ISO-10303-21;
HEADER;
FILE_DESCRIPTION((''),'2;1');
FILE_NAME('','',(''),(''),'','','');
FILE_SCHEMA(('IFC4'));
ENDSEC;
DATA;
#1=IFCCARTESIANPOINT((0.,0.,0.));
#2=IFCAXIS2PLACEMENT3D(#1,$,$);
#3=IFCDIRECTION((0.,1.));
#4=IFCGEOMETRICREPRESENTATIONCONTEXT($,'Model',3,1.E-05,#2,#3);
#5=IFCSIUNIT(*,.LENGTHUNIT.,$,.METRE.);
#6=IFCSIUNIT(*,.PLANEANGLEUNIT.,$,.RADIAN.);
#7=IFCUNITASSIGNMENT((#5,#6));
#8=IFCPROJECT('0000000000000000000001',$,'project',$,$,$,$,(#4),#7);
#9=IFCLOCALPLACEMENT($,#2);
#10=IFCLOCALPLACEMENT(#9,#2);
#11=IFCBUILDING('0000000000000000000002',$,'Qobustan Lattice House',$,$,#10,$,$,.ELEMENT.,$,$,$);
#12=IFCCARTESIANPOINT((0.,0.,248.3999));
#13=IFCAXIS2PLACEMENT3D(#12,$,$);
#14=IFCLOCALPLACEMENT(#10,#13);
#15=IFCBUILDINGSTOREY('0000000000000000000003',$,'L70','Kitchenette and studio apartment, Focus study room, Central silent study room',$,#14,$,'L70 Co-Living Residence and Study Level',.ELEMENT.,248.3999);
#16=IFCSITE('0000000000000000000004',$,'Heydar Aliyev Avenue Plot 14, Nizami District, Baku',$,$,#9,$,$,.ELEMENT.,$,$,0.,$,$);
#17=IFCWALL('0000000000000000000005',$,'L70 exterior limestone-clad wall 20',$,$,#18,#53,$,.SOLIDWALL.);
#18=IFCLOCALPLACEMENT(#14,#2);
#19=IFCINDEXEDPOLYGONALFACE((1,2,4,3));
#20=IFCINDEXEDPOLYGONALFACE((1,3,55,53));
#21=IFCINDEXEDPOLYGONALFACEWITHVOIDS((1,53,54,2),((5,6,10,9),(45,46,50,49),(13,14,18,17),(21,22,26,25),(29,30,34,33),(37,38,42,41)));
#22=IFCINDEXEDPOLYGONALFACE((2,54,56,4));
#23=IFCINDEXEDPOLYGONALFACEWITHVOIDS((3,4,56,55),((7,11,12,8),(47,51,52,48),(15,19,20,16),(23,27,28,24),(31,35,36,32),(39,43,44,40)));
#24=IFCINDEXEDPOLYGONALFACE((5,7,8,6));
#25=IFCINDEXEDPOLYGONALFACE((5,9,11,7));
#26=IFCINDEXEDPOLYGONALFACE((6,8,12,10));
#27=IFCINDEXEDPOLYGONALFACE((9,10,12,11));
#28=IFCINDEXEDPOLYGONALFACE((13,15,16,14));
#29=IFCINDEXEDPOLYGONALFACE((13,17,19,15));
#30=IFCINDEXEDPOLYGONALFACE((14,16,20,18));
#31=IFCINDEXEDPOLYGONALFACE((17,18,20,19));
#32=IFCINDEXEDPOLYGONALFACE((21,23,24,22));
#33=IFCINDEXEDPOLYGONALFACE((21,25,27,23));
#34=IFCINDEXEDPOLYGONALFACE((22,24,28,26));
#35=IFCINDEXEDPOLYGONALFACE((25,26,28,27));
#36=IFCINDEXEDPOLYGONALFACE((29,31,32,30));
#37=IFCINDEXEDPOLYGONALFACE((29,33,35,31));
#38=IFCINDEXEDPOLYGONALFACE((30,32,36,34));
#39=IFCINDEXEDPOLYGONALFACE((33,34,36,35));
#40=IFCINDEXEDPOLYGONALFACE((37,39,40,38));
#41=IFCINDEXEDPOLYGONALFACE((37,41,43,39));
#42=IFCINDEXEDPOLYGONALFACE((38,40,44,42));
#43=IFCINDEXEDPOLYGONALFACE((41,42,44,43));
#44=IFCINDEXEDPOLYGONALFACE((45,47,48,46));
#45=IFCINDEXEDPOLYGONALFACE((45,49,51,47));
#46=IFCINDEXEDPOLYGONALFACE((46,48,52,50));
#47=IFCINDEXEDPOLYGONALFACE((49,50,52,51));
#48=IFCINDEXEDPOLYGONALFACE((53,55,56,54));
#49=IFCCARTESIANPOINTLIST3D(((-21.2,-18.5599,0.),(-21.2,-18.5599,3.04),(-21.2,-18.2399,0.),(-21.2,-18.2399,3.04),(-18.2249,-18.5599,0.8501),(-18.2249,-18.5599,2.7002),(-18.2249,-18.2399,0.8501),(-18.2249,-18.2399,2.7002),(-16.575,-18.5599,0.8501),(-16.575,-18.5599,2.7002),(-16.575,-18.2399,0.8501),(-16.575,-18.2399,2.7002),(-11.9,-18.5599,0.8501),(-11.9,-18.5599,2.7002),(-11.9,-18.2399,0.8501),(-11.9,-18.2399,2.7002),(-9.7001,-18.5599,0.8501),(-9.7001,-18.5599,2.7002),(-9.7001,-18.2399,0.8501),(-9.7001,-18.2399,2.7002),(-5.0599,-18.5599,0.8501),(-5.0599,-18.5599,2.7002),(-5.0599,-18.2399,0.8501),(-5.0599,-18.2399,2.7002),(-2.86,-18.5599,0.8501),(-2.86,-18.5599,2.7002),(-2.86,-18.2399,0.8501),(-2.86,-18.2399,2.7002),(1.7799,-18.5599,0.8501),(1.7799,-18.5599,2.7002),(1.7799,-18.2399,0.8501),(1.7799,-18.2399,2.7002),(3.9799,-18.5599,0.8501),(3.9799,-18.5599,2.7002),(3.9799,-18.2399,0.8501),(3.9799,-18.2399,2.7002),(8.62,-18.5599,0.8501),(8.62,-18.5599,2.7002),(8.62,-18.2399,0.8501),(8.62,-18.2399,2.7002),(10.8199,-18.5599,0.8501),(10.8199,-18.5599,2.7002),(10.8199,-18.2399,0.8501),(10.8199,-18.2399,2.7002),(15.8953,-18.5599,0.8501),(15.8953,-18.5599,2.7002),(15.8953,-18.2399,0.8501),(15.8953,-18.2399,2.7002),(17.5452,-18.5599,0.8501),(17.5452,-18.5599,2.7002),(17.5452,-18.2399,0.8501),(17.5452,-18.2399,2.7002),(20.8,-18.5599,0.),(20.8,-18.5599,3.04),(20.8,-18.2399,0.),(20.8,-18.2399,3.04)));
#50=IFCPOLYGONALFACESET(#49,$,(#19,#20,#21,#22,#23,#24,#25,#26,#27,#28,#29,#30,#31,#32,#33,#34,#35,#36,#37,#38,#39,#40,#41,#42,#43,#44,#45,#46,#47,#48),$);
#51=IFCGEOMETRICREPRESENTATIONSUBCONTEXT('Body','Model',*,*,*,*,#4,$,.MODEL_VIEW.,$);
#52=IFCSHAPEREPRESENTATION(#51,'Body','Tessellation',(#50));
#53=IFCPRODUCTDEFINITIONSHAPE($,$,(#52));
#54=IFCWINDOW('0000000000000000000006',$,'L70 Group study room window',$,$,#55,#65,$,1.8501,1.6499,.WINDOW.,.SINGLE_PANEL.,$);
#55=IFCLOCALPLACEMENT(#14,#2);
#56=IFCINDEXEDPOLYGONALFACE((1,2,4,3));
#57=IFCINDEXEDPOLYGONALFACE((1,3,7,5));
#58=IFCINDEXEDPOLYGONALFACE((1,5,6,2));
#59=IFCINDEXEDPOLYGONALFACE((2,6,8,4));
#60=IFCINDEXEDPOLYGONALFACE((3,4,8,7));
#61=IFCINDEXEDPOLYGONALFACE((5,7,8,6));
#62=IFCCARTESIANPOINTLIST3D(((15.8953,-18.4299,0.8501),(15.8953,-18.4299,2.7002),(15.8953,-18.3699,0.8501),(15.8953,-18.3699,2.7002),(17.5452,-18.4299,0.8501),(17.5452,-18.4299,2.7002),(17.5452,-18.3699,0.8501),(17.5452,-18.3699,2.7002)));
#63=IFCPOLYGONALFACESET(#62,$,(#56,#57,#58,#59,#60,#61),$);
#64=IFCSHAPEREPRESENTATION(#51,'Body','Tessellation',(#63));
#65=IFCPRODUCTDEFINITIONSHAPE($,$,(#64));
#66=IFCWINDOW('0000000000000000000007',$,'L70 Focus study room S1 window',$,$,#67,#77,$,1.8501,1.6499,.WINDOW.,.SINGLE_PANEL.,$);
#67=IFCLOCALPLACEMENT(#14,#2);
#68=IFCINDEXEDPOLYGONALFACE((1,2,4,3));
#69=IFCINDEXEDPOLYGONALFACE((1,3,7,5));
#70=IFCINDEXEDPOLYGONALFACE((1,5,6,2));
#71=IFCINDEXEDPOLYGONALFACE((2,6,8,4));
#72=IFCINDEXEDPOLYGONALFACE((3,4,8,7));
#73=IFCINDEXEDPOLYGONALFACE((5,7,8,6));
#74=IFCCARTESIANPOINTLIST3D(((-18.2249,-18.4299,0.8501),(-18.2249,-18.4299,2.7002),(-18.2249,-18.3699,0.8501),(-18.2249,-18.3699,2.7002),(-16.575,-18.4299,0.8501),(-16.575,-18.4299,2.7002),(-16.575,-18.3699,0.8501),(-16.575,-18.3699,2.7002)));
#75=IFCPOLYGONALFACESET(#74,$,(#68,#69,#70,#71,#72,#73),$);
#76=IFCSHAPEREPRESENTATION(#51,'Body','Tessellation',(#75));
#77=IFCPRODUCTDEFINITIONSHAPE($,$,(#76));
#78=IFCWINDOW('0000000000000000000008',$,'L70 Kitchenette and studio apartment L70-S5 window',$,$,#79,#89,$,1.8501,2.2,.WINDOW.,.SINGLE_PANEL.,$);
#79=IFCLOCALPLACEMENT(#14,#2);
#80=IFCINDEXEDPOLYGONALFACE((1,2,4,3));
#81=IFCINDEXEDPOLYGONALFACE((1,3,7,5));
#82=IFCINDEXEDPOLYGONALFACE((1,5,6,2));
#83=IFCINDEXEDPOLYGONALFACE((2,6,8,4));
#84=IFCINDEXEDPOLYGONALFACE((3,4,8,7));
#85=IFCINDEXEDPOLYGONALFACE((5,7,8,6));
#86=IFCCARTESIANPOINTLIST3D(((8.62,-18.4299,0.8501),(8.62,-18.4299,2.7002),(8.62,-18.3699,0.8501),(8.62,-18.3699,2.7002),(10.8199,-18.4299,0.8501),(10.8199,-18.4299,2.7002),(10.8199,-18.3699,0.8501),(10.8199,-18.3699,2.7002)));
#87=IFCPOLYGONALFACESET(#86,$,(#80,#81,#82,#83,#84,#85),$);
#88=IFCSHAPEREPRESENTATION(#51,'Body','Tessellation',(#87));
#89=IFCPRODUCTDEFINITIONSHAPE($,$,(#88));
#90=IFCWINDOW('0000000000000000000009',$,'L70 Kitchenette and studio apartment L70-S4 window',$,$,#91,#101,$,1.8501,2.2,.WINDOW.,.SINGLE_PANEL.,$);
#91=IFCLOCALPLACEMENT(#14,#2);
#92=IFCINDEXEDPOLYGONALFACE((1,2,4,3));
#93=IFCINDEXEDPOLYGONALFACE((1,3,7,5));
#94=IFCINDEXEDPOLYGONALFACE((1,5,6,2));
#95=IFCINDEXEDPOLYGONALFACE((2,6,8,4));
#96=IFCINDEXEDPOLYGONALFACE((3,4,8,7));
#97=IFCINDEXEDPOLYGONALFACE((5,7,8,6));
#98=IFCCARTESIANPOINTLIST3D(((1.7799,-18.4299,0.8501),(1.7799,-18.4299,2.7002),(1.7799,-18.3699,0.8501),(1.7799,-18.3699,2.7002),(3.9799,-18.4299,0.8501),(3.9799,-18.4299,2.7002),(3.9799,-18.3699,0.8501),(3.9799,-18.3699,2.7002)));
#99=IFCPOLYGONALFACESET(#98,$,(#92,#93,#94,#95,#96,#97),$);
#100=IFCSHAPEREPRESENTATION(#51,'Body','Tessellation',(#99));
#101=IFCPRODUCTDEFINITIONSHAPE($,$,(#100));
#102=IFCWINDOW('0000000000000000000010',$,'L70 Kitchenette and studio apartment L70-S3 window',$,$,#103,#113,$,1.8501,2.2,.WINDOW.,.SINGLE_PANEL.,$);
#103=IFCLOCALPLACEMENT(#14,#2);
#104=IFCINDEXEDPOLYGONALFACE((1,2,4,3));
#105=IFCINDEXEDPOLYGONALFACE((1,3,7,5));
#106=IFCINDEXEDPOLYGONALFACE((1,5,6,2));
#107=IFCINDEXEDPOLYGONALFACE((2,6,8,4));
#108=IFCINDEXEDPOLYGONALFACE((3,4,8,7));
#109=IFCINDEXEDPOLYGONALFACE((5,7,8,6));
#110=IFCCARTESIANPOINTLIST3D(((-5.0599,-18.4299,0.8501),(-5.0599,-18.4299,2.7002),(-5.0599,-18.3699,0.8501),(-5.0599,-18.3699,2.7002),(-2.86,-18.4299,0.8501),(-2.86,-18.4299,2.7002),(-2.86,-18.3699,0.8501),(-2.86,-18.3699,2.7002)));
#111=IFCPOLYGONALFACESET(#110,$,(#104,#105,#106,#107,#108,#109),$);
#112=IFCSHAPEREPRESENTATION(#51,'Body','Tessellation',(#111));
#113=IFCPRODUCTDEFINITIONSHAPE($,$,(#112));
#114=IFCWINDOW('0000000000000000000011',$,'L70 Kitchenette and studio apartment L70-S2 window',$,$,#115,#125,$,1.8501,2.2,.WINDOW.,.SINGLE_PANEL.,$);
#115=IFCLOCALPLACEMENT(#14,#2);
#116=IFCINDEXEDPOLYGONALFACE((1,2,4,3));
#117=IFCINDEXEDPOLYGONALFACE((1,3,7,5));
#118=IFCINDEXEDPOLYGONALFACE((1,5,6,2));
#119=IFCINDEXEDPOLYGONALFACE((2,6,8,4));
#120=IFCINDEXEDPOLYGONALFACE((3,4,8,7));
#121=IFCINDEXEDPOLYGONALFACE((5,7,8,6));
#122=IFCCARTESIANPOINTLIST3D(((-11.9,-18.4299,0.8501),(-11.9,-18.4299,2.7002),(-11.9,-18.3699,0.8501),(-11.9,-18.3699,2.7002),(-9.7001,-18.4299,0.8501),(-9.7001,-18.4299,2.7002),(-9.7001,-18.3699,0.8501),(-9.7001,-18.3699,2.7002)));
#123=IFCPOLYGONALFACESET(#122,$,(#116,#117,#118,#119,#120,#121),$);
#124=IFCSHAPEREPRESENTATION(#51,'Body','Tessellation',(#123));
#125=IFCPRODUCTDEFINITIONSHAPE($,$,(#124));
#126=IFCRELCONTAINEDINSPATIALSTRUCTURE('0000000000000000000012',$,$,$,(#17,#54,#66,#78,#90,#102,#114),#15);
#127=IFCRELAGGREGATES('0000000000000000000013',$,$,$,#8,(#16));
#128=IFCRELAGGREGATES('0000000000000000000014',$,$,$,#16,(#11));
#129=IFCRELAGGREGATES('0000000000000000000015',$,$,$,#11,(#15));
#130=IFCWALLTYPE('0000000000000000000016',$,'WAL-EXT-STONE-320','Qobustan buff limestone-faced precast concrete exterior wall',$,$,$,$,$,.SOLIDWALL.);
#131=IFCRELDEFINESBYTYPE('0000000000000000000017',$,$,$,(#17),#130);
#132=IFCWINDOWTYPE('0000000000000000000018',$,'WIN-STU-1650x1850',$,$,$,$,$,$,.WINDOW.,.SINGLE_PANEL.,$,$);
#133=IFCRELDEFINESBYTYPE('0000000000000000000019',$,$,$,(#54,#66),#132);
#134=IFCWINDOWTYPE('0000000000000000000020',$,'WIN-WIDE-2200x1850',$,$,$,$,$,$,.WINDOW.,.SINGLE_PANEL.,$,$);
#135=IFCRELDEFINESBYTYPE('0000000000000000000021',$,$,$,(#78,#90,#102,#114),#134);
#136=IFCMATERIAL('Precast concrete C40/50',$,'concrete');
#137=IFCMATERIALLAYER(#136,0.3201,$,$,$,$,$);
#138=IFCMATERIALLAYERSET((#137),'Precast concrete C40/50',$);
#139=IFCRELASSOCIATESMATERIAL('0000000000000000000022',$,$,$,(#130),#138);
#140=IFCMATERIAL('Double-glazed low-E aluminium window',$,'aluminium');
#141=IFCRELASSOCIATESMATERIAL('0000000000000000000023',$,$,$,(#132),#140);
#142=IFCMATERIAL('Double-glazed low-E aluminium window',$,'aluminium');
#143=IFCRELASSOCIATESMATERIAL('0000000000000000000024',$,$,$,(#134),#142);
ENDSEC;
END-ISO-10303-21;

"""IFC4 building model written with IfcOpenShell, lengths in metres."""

from ifc_helpers import new_model, si_unit, direction, frame, frame_2d, origin, place, context, subcontext, project, spatial, rectangle, extrude, material, layer, layer_set, type_object, element, fill, save


model = new_model("IFC4")

# Units and contexts
model_context = context("Model", 3, precision=1e-05, world=origin(), true_north=direction((0.0, 1.0)))
body_context = subcontext(model_context, "Body", "Model", "MODEL_VIEW")
ifc_project = project(units=[si_unit("LENGTHUNIT", "METRE"), si_unit("PLANEANGLEUNIT", "RADIAN")], contexts=[model_context])

# Site, building, storey
site_placement = place(None, origin())
site = spatial("IfcSite", under=ifc_project, at=site_placement, Name="Heydar Aliyev Avenue Plot 14, Nizami District, Baku", CompositionType="ELEMENT", RefElevation=0.0)
building_placement = place(site_placement, origin())
building = spatial("IfcBuilding", under=site, at=building_placement, Name="Qobustan Lattice House", CompositionType="ELEMENT")
storey_placement = place(building_placement, frame((0.0, 0.0, 248.3999)))
storey = spatial("IfcBuildingStorey", under=building, at=storey_placement, Name="L70", Description="Kitchenette and studio apartment, Focus study room, Central silent study room", LongName="L70 Co-Living Residence and Study Level", CompositionType="ELEMENT", Elevation=248.3999)

# Shared definitions
ifc_material_1 = material(Name="Precast concrete C40/50", Category="concrete")
ifc_layer_1 = layer(ifc_material_1, 0.3201)
ifc_layer_set_1 = layer_set([ifc_layer_1], Name="Precast concrete C40/50")
wall_type = type_object("IfcWallType", Name="WAL-EXT-STONE-320", Description="Qobustan buff limestone-faced precast concrete exterior wall", PredefinedType="SOLIDWALL", material=ifc_layer_set_1)

# Wall, openings, windows
wall_1_placement = place(storey_placement, frame((20.8, -18.3999, 0.0), z_axis=(0.0, 0.0, 1.0), x_axis=(-1.0, 0.0, 0.0)))
wall_1 = element("IfcWall", 1, at=wall_1_placement, inside=storey, type_object=wall_type, Name="L70 exterior limestone-clad wall 20", PredefinedType="SOLIDWALL", context=body_context, shape_type="SweptSolid", body=[
    extrude(rectangle(XDim=42.0, YDim=0.3201, at=frame_2d((21.0, 0.0))), origin(), (0.0, 0.0, 1.0), 3.04),
])
opening_1_placement = place(wall_1_placement, frame((3.2549, 0.0, 0.8501)))
opening_1 = element("IfcOpeningElement", 2, at=opening_1_placement, cuts=wall_1, PredefinedType="OPENING", context=body_context, shape_type="SweptSolid", body=[
    extrude(rectangle(XDim=1.6499, YDim=1.8501, at=frame_2d((0.825, 0.925))), frame((0.0, 0.1699, 0.0), z_axis=(0.0, -1.0, 0.0), x_axis=(1.0, 0.0, 0.0)), (0.0, 0.0, 1.0), 0.3401),
])
opening_2_placement = place(wall_1_placement, frame((9.98, 0.0, 0.8501)))
opening_2 = element("IfcOpeningElement", 3, at=opening_2_placement, cuts=wall_1, PredefinedType="OPENING", context=body_context, shape_type="SweptSolid", body=[
    extrude(rectangle(XDim=2.2, YDim=1.8501, at=frame_2d((1.1001, 0.925))), frame((0.0, 0.1699, 0.0), z_axis=(0.0, -1.0, 0.0), x_axis=(1.0, 0.0, 0.0)), (0.0, 0.0, 1.0), 0.3401),
])
opening_3_placement = place(wall_1_placement, frame((16.8201, 0.0, 0.8501)))
opening_3 = element("IfcOpeningElement", 4, at=opening_3_placement, cuts=wall_1, PredefinedType="OPENING", context=body_context, shape_type="SweptSolid", body=[
    extrude(rectangle(XDim=2.2, YDim=1.8501, at=frame_2d((1.1001, 0.925))), frame((0.0, 0.1699, 0.0), z_axis=(0.0, -1.0, 0.0), x_axis=(1.0, 0.0, 0.0)), (0.0, 0.0, 1.0), 0.3401),
])
opening_4_placement = place(wall_1_placement, frame((23.6599, 0.0, 0.8501)))
opening_4 = element("IfcOpeningElement", 5, at=opening_4_placement, cuts=wall_1, PredefinedType="OPENING", context=body_context, shape_type="SweptSolid", body=[
    extrude(rectangle(XDim=2.2, YDim=1.8501, at=frame_2d((1.1001, 0.925))), frame((0.0, 0.1699, 0.0), z_axis=(0.0, -1.0, 0.0), x_axis=(1.0, 0.0, 0.0)), (0.0, 0.0, 1.0), 0.3401),
])
opening_5_placement = place(wall_1_placement, frame((30.5, 0.0, 0.8501)))
opening_5 = element("IfcOpeningElement", 6, at=opening_5_placement, cuts=wall_1, PredefinedType="OPENING", context=body_context, shape_type="SweptSolid", body=[
    extrude(rectangle(XDim=2.2, YDim=1.8501, at=frame_2d((1.1001, 0.925))), frame((0.0, 0.1699, 0.0), z_axis=(0.0, -1.0, 0.0), x_axis=(1.0, 0.0, 0.0)), (0.0, 0.0, 1.0), 0.3401),
])
opening_6_placement = place(wall_1_placement, frame((37.375, 0.0, 0.8501)))
opening_6 = element("IfcOpeningElement", 7, at=opening_6_placement, cuts=wall_1, PredefinedType="OPENING", context=body_context, shape_type="SweptSolid", body=[
    extrude(rectangle(XDim=1.6499, YDim=1.8501, at=frame_2d((0.825, 0.925))), frame((0.0, 0.1699, 0.0), z_axis=(0.0, -1.0, 0.0), x_axis=(1.0, 0.0, 0.0)), (0.0, 0.0, 1.0), 0.3401),
])
ifc_material_2 = material(Name="Double-glazed low-E aluminium window", Category="aluminium")
window_type_1 = type_object("IfcWindowType", Name="WIN-STU-1650x1850", PartitioningType="SINGLE_PANEL", PredefinedType="WINDOW", material=ifc_material_2)
window_1_placement = place(opening_1_placement, origin())
window_1 = element("IfcWindow", 8, at=window_1_placement, inside=storey, type_object=window_type_1, Name="L70 Group study room window", OverallHeight=1.8501, OverallWidth=1.6499, PartitioningType="SINGLE_PANEL", PredefinedType="WINDOW", context=body_context, shape_type="SweptSolid", body=[
    extrude(rectangle(XDim=1.6499, YDim=1.8501, at=frame_2d((0.825, 0.925))), frame((0.0, 0.03, 0.0), z_axis=(0.0, -1.0, 0.0), x_axis=(1.0, 0.0, 0.0)), (0.0, 0.0, 1.0), 0.0601),
])
fill(opening_1, window_1)
window_2_placement = place(opening_6_placement, origin())
window_2 = element("IfcWindow", 9, at=window_2_placement, inside=storey, type_object=window_type_1, Name="L70 Focus study room S1 window", OverallHeight=1.8501, OverallWidth=1.6499, PartitioningType="SINGLE_PANEL", PredefinedType="WINDOW", context=body_context, shape_type="SweptSolid", body=[
    extrude(rectangle(XDim=1.6499, YDim=1.8501, at=frame_2d((0.825, 0.925))), frame((0.0, 0.03, 0.0), z_axis=(0.0, -1.0, 0.0), x_axis=(1.0, 0.0, 0.0)), (0.0, 0.0, 1.0), 0.0601),
])
fill(opening_6, window_2)
ifc_material_3 = material(Name="Double-glazed low-E aluminium window", Category="aluminium")
window_type_2 = type_object("IfcWindowType", Name="WIN-WIDE-2200x1850", PartitioningType="SINGLE_PANEL", PredefinedType="WINDOW", material=ifc_material_3)
window_3_placement = place(opening_2_placement, origin())
window_3 = element("IfcWindow", 10, at=window_3_placement, inside=storey, type_object=window_type_2, Name="L70 Kitchenette and studio apartment L70-S5 window", OverallHeight=1.8501, OverallWidth=2.2, PartitioningType="SINGLE_PANEL", PredefinedType="WINDOW", context=body_context, shape_type="SweptSolid", body=[
    extrude(rectangle(XDim=2.2, YDim=1.8501, at=frame_2d((1.1001, 0.925))), frame((0.0, 0.03, 0.0), z_axis=(0.0, -1.0, 0.0), x_axis=(1.0, 0.0, 0.0)), (0.0, 0.0, 1.0), 0.0601),
])
fill(opening_2, window_3)
window_4_placement = place(opening_3_placement, origin())
window_4 = element("IfcWindow", 11, at=window_4_placement, inside=storey, type_object=window_type_2, Name="L70 Kitchenette and studio apartment L70-S4 window", OverallHeight=1.8501, OverallWidth=2.2, PartitioningType="SINGLE_PANEL", PredefinedType="WINDOW", context=body_context, shape_type="SweptSolid", body=[
    extrude(rectangle(XDim=2.2, YDim=1.8501, at=frame_2d((1.1001, 0.925))), frame((0.0, 0.03, 0.0), z_axis=(0.0, -1.0, 0.0), x_axis=(1.0, 0.0, 0.0)), (0.0, 0.0, 1.0), 0.0601),
])
fill(opening_3, window_4)
window_5_placement = place(opening_4_placement, origin())
window_5 = element("IfcWindow", 12, at=window_5_placement, inside=storey, type_object=window_type_2, Name="L70 Kitchenette and studio apartment L70-S3 window", OverallHeight=1.8501, OverallWidth=2.2, PartitioningType="SINGLE_PANEL", PredefinedType="WINDOW", context=body_context, shape_type="SweptSolid", body=[
    extrude(rectangle(XDim=2.2, YDim=1.8501, at=frame_2d((1.1001, 0.925))), frame((0.0, 0.03, 0.0), z_axis=(0.0, -1.0, 0.0), x_axis=(1.0, 0.0, 0.0)), (0.0, 0.0, 1.0), 0.0601),
])
fill(opening_4, window_5)
window_6_placement = place(opening_5_placement, origin())
window_6 = element("IfcWindow", 13, at=window_6_placement, inside=storey, type_object=window_type_2, Name="L70 Kitchenette and studio apartment L70-S2 window", OverallHeight=1.8501, OverallWidth=2.2, PartitioningType="SINGLE_PANEL", PredefinedType="WINDOW", context=body_context, shape_type="SweptSolid", body=[
    extrude(rectangle(XDim=2.2, YDim=1.8501, at=frame_2d((1.1001, 0.925))), frame((0.0, 0.03, 0.0), z_axis=(0.0, -1.0, 0.0), x_axis=(1.0, 0.0, 0.0)), (0.0, 0.0, 1.0), 0.0601),
])
fill(opening_5, window_6)

save(model, "model.ifc")
